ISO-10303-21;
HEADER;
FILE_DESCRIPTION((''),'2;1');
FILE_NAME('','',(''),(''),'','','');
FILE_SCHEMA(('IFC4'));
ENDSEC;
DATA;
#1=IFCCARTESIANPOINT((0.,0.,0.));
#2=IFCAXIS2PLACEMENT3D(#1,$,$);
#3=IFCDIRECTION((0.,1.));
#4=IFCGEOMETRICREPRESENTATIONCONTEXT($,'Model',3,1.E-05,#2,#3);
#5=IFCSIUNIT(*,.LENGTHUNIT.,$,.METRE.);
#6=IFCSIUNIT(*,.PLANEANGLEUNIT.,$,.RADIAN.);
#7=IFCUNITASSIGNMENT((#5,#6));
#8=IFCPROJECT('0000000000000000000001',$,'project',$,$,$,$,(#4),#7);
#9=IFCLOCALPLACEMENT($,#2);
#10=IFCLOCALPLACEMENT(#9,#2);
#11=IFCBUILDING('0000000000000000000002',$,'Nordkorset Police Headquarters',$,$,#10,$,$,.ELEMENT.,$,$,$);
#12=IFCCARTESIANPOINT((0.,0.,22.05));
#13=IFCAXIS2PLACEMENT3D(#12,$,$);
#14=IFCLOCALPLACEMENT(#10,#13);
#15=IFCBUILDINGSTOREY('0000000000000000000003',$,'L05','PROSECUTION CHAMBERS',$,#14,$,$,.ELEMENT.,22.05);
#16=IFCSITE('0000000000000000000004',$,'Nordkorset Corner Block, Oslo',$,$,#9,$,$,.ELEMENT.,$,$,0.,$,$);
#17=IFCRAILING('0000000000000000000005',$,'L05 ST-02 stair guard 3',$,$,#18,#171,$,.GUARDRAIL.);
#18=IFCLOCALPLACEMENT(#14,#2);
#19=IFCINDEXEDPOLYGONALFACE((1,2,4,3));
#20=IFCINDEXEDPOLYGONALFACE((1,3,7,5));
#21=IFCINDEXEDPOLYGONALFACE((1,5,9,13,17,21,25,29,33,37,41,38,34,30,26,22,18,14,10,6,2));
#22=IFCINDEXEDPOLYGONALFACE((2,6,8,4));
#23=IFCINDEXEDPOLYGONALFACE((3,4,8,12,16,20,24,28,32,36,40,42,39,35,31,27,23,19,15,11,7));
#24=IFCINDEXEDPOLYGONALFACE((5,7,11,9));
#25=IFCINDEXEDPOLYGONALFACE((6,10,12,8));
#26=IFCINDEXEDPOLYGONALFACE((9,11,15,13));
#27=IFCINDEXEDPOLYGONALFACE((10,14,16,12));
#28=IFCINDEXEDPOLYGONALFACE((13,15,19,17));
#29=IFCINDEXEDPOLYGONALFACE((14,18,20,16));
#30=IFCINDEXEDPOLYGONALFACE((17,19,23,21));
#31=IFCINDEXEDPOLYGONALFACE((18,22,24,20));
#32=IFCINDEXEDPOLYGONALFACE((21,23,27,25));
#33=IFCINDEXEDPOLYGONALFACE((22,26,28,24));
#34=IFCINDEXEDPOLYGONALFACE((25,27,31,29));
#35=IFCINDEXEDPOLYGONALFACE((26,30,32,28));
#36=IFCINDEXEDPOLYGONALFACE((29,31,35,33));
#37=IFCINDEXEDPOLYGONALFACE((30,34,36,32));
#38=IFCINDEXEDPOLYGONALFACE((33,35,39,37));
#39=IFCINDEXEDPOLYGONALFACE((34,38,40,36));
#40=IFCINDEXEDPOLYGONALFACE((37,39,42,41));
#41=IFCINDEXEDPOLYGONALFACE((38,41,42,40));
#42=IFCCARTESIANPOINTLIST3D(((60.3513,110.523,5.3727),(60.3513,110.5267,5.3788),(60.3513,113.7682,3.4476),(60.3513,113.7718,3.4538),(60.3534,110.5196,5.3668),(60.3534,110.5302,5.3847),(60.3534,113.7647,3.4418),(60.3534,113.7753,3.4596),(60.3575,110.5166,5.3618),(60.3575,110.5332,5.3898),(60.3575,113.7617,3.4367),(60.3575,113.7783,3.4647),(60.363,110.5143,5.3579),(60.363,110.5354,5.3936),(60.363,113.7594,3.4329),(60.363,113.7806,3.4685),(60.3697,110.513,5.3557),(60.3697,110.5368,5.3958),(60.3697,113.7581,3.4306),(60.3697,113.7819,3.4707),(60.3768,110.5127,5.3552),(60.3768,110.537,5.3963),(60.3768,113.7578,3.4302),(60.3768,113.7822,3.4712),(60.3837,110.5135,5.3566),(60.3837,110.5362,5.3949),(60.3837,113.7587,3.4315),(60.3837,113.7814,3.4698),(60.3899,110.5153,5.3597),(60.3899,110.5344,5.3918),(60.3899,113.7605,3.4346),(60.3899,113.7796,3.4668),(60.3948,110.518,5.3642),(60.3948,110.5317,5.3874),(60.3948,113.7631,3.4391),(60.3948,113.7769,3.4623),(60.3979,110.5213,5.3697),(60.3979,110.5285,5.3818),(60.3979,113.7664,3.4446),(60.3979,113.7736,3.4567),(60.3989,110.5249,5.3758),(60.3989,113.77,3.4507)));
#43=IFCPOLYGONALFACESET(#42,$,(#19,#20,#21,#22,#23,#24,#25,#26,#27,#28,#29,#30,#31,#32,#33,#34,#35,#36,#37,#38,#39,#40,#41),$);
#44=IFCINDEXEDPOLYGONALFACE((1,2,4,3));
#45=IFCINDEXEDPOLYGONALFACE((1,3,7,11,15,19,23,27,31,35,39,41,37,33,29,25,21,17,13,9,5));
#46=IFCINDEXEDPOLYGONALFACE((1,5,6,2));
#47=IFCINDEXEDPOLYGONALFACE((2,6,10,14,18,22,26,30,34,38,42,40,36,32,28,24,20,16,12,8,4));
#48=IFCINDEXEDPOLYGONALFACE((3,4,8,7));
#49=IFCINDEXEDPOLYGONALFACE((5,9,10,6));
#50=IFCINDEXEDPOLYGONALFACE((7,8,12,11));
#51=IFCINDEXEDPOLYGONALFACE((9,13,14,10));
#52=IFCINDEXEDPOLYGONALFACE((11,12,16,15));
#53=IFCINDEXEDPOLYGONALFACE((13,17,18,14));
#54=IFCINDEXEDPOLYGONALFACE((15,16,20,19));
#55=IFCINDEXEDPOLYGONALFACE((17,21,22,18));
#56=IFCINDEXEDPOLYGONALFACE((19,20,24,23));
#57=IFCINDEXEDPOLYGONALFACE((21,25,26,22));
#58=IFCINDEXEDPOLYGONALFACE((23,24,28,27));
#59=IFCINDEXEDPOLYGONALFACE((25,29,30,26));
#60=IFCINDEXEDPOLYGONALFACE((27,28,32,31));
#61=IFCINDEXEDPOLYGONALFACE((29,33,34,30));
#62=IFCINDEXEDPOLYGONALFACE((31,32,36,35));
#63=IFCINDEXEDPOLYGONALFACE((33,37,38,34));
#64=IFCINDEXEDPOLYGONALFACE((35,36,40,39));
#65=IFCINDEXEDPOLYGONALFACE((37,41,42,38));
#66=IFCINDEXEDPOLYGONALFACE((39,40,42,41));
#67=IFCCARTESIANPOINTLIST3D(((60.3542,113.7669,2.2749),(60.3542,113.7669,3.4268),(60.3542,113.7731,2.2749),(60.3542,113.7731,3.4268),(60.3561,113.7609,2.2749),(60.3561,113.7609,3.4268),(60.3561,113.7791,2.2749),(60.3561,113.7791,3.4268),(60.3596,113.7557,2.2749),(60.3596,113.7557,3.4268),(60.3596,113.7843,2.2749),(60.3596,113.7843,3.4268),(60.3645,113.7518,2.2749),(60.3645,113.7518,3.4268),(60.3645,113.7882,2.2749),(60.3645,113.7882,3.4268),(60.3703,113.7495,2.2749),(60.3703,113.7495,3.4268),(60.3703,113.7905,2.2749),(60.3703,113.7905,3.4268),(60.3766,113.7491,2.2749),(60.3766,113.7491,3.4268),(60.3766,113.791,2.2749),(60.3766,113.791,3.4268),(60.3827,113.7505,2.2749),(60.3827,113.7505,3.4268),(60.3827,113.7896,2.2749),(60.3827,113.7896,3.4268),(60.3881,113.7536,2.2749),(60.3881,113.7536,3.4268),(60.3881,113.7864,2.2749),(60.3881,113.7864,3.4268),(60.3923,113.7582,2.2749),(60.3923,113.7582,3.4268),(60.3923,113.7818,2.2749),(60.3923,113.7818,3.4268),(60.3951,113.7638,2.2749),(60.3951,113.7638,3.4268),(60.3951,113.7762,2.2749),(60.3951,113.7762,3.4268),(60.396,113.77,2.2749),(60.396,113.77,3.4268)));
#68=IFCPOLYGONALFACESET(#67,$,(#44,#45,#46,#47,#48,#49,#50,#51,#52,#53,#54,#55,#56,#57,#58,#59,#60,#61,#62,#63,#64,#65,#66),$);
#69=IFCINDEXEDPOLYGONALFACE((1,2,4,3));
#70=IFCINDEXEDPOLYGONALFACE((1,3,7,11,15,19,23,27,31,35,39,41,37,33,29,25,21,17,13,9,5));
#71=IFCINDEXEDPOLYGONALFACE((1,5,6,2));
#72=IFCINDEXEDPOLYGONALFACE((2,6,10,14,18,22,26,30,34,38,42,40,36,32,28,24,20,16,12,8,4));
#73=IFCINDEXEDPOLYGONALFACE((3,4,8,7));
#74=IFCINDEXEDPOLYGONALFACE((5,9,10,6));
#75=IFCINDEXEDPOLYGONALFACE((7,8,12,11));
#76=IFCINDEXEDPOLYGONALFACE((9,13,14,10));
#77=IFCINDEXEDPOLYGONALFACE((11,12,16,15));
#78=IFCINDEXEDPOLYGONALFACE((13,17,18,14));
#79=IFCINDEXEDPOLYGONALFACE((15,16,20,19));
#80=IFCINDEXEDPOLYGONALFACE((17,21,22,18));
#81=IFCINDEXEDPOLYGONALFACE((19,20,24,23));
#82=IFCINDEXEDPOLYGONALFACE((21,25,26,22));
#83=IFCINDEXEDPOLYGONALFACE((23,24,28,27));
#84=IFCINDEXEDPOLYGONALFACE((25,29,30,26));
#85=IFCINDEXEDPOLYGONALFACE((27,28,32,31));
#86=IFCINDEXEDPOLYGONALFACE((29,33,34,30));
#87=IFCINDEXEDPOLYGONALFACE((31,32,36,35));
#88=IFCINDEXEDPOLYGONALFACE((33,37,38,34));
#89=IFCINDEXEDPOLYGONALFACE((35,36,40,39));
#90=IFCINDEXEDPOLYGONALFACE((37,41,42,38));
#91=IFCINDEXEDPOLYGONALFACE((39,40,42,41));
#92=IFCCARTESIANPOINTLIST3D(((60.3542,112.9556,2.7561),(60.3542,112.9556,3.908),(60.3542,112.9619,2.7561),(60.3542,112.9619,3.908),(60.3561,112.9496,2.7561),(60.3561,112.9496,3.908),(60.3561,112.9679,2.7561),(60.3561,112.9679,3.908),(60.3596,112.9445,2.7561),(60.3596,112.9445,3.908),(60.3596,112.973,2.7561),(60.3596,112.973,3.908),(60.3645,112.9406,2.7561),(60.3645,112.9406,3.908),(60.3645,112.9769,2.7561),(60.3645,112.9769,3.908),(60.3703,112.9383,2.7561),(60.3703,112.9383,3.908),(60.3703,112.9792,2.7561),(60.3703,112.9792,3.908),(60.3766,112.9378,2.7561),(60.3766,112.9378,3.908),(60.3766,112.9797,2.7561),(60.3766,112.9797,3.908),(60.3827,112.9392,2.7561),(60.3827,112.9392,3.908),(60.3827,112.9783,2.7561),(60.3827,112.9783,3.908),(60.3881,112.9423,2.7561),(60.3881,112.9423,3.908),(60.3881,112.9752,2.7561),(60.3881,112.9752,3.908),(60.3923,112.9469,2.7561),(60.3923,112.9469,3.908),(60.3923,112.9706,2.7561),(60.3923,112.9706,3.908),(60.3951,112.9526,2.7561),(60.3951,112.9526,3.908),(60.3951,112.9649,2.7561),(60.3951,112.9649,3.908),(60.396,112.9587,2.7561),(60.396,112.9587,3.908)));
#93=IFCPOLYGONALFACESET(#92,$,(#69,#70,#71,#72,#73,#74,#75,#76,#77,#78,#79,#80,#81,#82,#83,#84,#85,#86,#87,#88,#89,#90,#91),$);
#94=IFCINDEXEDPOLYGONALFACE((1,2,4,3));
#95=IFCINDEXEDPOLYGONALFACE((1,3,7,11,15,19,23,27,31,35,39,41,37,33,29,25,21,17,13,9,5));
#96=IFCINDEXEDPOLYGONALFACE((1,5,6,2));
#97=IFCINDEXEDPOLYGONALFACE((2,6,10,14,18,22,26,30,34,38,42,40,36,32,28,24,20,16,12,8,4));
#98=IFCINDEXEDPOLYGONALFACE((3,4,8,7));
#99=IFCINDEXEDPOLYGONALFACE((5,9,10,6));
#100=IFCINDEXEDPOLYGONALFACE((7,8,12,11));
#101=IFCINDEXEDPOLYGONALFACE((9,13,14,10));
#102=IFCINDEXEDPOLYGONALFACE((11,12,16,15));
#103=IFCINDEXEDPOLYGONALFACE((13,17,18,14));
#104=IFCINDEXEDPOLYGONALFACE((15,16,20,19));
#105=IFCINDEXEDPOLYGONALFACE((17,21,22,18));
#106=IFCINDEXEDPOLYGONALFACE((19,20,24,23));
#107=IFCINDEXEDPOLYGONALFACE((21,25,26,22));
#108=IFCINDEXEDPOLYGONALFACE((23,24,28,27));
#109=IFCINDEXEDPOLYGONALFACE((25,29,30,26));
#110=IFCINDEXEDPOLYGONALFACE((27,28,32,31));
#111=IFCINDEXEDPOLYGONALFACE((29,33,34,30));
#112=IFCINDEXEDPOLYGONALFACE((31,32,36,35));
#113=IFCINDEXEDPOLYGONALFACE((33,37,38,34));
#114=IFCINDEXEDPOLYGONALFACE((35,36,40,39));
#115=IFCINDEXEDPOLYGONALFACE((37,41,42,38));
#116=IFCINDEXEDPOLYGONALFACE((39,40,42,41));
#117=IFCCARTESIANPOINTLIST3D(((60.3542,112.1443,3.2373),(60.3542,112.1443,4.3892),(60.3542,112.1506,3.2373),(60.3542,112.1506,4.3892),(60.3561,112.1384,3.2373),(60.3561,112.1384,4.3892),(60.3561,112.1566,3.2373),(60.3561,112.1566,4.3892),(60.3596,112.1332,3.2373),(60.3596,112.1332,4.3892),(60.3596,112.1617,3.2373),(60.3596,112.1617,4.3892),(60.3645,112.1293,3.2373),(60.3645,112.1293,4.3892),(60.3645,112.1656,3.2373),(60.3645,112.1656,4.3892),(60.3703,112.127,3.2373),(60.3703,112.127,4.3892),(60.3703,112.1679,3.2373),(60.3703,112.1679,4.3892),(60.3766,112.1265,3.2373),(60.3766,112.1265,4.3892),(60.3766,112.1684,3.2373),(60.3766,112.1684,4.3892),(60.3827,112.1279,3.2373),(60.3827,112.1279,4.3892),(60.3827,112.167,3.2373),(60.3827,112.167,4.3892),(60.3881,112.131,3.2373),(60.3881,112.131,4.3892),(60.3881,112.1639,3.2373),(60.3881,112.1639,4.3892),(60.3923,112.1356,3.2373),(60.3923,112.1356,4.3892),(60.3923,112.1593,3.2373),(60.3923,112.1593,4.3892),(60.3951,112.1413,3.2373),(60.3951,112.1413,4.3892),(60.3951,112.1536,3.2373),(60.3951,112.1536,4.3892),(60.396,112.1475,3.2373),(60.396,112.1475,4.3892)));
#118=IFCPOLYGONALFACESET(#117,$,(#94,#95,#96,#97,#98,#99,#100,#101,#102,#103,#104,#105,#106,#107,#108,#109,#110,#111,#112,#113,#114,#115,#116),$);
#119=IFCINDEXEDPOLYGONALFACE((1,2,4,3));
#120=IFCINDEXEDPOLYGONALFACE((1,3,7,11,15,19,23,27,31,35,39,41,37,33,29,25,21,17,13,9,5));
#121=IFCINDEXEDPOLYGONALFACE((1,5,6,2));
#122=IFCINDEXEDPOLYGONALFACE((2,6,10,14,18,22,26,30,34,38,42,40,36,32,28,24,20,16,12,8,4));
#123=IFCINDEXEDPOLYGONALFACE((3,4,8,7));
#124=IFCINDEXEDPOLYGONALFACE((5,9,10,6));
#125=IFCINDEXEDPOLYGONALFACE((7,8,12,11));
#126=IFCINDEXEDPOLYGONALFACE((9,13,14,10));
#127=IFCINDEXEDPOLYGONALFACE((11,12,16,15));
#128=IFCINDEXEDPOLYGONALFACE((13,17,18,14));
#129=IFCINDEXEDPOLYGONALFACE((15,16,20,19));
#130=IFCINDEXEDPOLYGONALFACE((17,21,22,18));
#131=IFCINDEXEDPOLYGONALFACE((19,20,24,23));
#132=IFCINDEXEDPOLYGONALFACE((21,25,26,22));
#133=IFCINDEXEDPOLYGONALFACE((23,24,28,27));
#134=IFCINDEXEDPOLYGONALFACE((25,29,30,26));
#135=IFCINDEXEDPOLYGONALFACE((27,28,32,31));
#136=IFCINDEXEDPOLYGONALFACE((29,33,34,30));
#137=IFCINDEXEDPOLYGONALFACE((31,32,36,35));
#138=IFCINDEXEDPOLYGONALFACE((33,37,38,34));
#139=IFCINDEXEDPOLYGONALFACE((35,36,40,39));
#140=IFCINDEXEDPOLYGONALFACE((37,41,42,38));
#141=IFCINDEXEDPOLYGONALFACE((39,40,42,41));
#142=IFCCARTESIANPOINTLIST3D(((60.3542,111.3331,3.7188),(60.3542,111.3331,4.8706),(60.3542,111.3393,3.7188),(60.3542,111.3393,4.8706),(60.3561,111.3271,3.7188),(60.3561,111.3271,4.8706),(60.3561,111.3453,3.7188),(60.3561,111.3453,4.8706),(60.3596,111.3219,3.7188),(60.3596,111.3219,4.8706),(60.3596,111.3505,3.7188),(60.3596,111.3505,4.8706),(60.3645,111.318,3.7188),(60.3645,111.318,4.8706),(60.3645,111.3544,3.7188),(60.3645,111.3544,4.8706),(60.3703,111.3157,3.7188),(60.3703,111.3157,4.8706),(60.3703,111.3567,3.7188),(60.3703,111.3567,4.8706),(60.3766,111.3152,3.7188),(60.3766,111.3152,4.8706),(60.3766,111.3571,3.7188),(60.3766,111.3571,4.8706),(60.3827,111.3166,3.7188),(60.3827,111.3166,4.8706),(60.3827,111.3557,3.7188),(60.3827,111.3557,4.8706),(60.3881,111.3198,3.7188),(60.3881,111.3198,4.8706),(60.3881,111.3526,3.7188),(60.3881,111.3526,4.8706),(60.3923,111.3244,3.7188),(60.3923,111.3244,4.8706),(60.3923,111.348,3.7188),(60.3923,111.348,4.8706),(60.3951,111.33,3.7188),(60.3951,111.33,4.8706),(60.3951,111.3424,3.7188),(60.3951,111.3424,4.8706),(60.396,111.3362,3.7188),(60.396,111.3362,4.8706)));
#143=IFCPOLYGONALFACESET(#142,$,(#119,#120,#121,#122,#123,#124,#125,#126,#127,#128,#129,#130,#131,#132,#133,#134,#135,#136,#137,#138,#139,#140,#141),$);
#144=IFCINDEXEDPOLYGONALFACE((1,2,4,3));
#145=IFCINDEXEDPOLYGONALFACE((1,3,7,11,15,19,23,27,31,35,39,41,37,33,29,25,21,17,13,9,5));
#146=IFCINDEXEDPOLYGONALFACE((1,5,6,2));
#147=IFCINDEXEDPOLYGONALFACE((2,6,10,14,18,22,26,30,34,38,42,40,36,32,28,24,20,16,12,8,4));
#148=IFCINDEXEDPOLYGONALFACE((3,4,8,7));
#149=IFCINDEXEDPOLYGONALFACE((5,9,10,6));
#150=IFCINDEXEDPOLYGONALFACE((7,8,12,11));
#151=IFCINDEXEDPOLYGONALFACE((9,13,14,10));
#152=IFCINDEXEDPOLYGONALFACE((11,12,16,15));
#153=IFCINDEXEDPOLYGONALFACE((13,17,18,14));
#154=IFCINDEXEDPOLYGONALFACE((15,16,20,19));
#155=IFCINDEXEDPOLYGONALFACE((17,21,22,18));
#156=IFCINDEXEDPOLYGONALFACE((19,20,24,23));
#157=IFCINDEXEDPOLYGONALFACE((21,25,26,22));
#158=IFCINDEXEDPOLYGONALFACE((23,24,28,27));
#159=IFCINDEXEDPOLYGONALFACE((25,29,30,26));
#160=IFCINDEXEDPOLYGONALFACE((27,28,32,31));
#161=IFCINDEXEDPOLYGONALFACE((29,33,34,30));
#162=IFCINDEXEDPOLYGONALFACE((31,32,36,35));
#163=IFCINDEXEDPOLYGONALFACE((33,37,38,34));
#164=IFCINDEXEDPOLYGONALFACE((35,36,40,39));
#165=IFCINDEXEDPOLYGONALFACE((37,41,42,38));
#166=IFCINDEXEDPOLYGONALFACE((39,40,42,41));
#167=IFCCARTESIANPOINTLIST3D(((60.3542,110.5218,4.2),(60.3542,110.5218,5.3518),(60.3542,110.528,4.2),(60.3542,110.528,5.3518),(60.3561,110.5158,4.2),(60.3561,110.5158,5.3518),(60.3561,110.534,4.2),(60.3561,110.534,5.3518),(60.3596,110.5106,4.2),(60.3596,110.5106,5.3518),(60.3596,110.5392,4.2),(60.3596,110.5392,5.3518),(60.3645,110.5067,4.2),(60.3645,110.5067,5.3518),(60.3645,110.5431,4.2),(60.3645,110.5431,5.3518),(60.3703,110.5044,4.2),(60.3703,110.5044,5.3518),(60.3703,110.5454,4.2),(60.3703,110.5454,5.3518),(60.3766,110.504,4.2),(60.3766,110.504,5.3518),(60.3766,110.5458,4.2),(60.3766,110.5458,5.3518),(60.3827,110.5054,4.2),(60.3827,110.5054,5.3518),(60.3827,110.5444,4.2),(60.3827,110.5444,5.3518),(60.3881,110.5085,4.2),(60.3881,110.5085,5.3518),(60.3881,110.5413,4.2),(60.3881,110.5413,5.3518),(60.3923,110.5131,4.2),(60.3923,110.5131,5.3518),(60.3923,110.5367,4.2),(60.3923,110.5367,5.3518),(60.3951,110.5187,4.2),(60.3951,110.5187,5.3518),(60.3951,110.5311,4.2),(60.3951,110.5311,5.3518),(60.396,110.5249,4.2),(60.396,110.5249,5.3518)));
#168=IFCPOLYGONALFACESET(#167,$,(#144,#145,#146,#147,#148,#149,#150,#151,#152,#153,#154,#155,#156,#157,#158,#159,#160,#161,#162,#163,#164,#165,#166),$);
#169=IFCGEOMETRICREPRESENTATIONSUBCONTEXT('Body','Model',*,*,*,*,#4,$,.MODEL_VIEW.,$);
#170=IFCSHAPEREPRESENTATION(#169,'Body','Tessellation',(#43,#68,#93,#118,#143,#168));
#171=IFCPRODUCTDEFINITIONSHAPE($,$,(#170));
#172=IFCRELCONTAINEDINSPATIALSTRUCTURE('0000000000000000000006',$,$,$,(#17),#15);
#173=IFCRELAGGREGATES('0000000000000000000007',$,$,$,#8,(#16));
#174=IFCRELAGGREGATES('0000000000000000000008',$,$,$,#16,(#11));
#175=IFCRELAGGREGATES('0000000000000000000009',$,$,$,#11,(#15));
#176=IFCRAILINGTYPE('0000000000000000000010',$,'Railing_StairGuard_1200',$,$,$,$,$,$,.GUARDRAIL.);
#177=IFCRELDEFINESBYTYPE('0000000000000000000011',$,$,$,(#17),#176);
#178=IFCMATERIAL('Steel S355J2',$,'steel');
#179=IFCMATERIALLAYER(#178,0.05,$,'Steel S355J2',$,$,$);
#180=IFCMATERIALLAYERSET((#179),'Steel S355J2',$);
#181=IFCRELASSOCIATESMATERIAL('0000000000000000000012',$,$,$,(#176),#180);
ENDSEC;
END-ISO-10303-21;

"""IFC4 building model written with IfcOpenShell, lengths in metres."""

from ifc_helpers import new_model, si_unit, direction, frame, origin, origin_2d, place, context, subcontext, project, spatial, circle, extrude, material, layer, layer_set, type_object, element, save


model = new_model("IFC4")

# Units and contexts
model_context = context("Model", 3, precision=1e-05, world=origin(), true_north=direction((0.0, 1.0)))
body_context = subcontext(model_context, "Body", "Model", "MODEL_VIEW")
ifc_project = project(units=[si_unit("LENGTHUNIT", "METRE"), si_unit("PLANEANGLEUNIT", "RADIAN")], contexts=[model_context])

# Site, building, storey
site_placement = place(None, origin())
site = spatial("IfcSite", under=ifc_project, at=site_placement, Name="Nordkorset Corner Block, Oslo", CompositionType="ELEMENT", RefElevation=0.0)
building_placement = place(site_placement, origin())
building = spatial("IfcBuilding", under=site, at=building_placement, Name="Nordkorset Police Headquarters", CompositionType="ELEMENT")
storey_placement = place(building_placement, frame((0.0, 0.0, 22.05)))
storey = spatial("IfcBuildingStorey", under=building, at=storey_placement, Name="L05", Description="PROSECUTION CHAMBERS", CompositionType="ELEMENT", Elevation=22.05)

# Railing
ifc_material_1 = material(Name="Steel S355J2", Category="steel")
ifc_layer_1 = layer(ifc_material_1, 0.05, Name="Steel S355J2")
ifc_layer_set_1 = layer_set([ifc_layer_1], Name="Steel S355J2")
railing_type_1 = type_object("IfcRailingType", Name="Railing_StairGuard_1200", PredefinedType="GUARDRAIL", material=ifc_layer_set_1)
railing_1_placement = place(storey_placement, frame((60.375, 113.77, 2.2749)))
element("IfcRailing", 1, at=railing_1_placement, inside=storey, type_object=railing_type_1, Name="L05 ST-02 stair guard 3", PredefinedType="GUARDRAIL", context=body_context, shape_type="SweptSolid", body=[
    extrude(circle(Radius=0.0239, at=origin_2d()), frame((0.0, 0.0, 1.1758), z_axis=(0.0, -0.860057, 0.510198), x_axis=(1.0, 0.0, 0.0)), (0.0, 0.0, 1.0), 3.7732),
    extrude(circle(Radius=0.021, at=origin_2d()), origin(), (0.0, 0.0, 1.0), 1.1519),
    extrude(circle(Radius=0.021, at=origin_2d()), frame((0.0, -0.8113, 0.4812)), (0.0, 0.0, 1.0), 1.1519),
    extrude(circle(Radius=0.021, at=origin_2d()), frame((0.0, -1.6226, 0.9624)), (0.0, 0.0, 1.0), 1.1519),
    extrude(circle(Radius=0.021, at=origin_2d()), frame((0.0, -2.4338, 1.4438)), (0.0, 0.0, 1.0), 1.1519),
    extrude(circle(Radius=0.021, at=origin_2d()), frame((0.0, -3.2451, 1.925)), (0.0, 0.0, 1.0), 1.1519),
])

save(model, "model.ifc")
